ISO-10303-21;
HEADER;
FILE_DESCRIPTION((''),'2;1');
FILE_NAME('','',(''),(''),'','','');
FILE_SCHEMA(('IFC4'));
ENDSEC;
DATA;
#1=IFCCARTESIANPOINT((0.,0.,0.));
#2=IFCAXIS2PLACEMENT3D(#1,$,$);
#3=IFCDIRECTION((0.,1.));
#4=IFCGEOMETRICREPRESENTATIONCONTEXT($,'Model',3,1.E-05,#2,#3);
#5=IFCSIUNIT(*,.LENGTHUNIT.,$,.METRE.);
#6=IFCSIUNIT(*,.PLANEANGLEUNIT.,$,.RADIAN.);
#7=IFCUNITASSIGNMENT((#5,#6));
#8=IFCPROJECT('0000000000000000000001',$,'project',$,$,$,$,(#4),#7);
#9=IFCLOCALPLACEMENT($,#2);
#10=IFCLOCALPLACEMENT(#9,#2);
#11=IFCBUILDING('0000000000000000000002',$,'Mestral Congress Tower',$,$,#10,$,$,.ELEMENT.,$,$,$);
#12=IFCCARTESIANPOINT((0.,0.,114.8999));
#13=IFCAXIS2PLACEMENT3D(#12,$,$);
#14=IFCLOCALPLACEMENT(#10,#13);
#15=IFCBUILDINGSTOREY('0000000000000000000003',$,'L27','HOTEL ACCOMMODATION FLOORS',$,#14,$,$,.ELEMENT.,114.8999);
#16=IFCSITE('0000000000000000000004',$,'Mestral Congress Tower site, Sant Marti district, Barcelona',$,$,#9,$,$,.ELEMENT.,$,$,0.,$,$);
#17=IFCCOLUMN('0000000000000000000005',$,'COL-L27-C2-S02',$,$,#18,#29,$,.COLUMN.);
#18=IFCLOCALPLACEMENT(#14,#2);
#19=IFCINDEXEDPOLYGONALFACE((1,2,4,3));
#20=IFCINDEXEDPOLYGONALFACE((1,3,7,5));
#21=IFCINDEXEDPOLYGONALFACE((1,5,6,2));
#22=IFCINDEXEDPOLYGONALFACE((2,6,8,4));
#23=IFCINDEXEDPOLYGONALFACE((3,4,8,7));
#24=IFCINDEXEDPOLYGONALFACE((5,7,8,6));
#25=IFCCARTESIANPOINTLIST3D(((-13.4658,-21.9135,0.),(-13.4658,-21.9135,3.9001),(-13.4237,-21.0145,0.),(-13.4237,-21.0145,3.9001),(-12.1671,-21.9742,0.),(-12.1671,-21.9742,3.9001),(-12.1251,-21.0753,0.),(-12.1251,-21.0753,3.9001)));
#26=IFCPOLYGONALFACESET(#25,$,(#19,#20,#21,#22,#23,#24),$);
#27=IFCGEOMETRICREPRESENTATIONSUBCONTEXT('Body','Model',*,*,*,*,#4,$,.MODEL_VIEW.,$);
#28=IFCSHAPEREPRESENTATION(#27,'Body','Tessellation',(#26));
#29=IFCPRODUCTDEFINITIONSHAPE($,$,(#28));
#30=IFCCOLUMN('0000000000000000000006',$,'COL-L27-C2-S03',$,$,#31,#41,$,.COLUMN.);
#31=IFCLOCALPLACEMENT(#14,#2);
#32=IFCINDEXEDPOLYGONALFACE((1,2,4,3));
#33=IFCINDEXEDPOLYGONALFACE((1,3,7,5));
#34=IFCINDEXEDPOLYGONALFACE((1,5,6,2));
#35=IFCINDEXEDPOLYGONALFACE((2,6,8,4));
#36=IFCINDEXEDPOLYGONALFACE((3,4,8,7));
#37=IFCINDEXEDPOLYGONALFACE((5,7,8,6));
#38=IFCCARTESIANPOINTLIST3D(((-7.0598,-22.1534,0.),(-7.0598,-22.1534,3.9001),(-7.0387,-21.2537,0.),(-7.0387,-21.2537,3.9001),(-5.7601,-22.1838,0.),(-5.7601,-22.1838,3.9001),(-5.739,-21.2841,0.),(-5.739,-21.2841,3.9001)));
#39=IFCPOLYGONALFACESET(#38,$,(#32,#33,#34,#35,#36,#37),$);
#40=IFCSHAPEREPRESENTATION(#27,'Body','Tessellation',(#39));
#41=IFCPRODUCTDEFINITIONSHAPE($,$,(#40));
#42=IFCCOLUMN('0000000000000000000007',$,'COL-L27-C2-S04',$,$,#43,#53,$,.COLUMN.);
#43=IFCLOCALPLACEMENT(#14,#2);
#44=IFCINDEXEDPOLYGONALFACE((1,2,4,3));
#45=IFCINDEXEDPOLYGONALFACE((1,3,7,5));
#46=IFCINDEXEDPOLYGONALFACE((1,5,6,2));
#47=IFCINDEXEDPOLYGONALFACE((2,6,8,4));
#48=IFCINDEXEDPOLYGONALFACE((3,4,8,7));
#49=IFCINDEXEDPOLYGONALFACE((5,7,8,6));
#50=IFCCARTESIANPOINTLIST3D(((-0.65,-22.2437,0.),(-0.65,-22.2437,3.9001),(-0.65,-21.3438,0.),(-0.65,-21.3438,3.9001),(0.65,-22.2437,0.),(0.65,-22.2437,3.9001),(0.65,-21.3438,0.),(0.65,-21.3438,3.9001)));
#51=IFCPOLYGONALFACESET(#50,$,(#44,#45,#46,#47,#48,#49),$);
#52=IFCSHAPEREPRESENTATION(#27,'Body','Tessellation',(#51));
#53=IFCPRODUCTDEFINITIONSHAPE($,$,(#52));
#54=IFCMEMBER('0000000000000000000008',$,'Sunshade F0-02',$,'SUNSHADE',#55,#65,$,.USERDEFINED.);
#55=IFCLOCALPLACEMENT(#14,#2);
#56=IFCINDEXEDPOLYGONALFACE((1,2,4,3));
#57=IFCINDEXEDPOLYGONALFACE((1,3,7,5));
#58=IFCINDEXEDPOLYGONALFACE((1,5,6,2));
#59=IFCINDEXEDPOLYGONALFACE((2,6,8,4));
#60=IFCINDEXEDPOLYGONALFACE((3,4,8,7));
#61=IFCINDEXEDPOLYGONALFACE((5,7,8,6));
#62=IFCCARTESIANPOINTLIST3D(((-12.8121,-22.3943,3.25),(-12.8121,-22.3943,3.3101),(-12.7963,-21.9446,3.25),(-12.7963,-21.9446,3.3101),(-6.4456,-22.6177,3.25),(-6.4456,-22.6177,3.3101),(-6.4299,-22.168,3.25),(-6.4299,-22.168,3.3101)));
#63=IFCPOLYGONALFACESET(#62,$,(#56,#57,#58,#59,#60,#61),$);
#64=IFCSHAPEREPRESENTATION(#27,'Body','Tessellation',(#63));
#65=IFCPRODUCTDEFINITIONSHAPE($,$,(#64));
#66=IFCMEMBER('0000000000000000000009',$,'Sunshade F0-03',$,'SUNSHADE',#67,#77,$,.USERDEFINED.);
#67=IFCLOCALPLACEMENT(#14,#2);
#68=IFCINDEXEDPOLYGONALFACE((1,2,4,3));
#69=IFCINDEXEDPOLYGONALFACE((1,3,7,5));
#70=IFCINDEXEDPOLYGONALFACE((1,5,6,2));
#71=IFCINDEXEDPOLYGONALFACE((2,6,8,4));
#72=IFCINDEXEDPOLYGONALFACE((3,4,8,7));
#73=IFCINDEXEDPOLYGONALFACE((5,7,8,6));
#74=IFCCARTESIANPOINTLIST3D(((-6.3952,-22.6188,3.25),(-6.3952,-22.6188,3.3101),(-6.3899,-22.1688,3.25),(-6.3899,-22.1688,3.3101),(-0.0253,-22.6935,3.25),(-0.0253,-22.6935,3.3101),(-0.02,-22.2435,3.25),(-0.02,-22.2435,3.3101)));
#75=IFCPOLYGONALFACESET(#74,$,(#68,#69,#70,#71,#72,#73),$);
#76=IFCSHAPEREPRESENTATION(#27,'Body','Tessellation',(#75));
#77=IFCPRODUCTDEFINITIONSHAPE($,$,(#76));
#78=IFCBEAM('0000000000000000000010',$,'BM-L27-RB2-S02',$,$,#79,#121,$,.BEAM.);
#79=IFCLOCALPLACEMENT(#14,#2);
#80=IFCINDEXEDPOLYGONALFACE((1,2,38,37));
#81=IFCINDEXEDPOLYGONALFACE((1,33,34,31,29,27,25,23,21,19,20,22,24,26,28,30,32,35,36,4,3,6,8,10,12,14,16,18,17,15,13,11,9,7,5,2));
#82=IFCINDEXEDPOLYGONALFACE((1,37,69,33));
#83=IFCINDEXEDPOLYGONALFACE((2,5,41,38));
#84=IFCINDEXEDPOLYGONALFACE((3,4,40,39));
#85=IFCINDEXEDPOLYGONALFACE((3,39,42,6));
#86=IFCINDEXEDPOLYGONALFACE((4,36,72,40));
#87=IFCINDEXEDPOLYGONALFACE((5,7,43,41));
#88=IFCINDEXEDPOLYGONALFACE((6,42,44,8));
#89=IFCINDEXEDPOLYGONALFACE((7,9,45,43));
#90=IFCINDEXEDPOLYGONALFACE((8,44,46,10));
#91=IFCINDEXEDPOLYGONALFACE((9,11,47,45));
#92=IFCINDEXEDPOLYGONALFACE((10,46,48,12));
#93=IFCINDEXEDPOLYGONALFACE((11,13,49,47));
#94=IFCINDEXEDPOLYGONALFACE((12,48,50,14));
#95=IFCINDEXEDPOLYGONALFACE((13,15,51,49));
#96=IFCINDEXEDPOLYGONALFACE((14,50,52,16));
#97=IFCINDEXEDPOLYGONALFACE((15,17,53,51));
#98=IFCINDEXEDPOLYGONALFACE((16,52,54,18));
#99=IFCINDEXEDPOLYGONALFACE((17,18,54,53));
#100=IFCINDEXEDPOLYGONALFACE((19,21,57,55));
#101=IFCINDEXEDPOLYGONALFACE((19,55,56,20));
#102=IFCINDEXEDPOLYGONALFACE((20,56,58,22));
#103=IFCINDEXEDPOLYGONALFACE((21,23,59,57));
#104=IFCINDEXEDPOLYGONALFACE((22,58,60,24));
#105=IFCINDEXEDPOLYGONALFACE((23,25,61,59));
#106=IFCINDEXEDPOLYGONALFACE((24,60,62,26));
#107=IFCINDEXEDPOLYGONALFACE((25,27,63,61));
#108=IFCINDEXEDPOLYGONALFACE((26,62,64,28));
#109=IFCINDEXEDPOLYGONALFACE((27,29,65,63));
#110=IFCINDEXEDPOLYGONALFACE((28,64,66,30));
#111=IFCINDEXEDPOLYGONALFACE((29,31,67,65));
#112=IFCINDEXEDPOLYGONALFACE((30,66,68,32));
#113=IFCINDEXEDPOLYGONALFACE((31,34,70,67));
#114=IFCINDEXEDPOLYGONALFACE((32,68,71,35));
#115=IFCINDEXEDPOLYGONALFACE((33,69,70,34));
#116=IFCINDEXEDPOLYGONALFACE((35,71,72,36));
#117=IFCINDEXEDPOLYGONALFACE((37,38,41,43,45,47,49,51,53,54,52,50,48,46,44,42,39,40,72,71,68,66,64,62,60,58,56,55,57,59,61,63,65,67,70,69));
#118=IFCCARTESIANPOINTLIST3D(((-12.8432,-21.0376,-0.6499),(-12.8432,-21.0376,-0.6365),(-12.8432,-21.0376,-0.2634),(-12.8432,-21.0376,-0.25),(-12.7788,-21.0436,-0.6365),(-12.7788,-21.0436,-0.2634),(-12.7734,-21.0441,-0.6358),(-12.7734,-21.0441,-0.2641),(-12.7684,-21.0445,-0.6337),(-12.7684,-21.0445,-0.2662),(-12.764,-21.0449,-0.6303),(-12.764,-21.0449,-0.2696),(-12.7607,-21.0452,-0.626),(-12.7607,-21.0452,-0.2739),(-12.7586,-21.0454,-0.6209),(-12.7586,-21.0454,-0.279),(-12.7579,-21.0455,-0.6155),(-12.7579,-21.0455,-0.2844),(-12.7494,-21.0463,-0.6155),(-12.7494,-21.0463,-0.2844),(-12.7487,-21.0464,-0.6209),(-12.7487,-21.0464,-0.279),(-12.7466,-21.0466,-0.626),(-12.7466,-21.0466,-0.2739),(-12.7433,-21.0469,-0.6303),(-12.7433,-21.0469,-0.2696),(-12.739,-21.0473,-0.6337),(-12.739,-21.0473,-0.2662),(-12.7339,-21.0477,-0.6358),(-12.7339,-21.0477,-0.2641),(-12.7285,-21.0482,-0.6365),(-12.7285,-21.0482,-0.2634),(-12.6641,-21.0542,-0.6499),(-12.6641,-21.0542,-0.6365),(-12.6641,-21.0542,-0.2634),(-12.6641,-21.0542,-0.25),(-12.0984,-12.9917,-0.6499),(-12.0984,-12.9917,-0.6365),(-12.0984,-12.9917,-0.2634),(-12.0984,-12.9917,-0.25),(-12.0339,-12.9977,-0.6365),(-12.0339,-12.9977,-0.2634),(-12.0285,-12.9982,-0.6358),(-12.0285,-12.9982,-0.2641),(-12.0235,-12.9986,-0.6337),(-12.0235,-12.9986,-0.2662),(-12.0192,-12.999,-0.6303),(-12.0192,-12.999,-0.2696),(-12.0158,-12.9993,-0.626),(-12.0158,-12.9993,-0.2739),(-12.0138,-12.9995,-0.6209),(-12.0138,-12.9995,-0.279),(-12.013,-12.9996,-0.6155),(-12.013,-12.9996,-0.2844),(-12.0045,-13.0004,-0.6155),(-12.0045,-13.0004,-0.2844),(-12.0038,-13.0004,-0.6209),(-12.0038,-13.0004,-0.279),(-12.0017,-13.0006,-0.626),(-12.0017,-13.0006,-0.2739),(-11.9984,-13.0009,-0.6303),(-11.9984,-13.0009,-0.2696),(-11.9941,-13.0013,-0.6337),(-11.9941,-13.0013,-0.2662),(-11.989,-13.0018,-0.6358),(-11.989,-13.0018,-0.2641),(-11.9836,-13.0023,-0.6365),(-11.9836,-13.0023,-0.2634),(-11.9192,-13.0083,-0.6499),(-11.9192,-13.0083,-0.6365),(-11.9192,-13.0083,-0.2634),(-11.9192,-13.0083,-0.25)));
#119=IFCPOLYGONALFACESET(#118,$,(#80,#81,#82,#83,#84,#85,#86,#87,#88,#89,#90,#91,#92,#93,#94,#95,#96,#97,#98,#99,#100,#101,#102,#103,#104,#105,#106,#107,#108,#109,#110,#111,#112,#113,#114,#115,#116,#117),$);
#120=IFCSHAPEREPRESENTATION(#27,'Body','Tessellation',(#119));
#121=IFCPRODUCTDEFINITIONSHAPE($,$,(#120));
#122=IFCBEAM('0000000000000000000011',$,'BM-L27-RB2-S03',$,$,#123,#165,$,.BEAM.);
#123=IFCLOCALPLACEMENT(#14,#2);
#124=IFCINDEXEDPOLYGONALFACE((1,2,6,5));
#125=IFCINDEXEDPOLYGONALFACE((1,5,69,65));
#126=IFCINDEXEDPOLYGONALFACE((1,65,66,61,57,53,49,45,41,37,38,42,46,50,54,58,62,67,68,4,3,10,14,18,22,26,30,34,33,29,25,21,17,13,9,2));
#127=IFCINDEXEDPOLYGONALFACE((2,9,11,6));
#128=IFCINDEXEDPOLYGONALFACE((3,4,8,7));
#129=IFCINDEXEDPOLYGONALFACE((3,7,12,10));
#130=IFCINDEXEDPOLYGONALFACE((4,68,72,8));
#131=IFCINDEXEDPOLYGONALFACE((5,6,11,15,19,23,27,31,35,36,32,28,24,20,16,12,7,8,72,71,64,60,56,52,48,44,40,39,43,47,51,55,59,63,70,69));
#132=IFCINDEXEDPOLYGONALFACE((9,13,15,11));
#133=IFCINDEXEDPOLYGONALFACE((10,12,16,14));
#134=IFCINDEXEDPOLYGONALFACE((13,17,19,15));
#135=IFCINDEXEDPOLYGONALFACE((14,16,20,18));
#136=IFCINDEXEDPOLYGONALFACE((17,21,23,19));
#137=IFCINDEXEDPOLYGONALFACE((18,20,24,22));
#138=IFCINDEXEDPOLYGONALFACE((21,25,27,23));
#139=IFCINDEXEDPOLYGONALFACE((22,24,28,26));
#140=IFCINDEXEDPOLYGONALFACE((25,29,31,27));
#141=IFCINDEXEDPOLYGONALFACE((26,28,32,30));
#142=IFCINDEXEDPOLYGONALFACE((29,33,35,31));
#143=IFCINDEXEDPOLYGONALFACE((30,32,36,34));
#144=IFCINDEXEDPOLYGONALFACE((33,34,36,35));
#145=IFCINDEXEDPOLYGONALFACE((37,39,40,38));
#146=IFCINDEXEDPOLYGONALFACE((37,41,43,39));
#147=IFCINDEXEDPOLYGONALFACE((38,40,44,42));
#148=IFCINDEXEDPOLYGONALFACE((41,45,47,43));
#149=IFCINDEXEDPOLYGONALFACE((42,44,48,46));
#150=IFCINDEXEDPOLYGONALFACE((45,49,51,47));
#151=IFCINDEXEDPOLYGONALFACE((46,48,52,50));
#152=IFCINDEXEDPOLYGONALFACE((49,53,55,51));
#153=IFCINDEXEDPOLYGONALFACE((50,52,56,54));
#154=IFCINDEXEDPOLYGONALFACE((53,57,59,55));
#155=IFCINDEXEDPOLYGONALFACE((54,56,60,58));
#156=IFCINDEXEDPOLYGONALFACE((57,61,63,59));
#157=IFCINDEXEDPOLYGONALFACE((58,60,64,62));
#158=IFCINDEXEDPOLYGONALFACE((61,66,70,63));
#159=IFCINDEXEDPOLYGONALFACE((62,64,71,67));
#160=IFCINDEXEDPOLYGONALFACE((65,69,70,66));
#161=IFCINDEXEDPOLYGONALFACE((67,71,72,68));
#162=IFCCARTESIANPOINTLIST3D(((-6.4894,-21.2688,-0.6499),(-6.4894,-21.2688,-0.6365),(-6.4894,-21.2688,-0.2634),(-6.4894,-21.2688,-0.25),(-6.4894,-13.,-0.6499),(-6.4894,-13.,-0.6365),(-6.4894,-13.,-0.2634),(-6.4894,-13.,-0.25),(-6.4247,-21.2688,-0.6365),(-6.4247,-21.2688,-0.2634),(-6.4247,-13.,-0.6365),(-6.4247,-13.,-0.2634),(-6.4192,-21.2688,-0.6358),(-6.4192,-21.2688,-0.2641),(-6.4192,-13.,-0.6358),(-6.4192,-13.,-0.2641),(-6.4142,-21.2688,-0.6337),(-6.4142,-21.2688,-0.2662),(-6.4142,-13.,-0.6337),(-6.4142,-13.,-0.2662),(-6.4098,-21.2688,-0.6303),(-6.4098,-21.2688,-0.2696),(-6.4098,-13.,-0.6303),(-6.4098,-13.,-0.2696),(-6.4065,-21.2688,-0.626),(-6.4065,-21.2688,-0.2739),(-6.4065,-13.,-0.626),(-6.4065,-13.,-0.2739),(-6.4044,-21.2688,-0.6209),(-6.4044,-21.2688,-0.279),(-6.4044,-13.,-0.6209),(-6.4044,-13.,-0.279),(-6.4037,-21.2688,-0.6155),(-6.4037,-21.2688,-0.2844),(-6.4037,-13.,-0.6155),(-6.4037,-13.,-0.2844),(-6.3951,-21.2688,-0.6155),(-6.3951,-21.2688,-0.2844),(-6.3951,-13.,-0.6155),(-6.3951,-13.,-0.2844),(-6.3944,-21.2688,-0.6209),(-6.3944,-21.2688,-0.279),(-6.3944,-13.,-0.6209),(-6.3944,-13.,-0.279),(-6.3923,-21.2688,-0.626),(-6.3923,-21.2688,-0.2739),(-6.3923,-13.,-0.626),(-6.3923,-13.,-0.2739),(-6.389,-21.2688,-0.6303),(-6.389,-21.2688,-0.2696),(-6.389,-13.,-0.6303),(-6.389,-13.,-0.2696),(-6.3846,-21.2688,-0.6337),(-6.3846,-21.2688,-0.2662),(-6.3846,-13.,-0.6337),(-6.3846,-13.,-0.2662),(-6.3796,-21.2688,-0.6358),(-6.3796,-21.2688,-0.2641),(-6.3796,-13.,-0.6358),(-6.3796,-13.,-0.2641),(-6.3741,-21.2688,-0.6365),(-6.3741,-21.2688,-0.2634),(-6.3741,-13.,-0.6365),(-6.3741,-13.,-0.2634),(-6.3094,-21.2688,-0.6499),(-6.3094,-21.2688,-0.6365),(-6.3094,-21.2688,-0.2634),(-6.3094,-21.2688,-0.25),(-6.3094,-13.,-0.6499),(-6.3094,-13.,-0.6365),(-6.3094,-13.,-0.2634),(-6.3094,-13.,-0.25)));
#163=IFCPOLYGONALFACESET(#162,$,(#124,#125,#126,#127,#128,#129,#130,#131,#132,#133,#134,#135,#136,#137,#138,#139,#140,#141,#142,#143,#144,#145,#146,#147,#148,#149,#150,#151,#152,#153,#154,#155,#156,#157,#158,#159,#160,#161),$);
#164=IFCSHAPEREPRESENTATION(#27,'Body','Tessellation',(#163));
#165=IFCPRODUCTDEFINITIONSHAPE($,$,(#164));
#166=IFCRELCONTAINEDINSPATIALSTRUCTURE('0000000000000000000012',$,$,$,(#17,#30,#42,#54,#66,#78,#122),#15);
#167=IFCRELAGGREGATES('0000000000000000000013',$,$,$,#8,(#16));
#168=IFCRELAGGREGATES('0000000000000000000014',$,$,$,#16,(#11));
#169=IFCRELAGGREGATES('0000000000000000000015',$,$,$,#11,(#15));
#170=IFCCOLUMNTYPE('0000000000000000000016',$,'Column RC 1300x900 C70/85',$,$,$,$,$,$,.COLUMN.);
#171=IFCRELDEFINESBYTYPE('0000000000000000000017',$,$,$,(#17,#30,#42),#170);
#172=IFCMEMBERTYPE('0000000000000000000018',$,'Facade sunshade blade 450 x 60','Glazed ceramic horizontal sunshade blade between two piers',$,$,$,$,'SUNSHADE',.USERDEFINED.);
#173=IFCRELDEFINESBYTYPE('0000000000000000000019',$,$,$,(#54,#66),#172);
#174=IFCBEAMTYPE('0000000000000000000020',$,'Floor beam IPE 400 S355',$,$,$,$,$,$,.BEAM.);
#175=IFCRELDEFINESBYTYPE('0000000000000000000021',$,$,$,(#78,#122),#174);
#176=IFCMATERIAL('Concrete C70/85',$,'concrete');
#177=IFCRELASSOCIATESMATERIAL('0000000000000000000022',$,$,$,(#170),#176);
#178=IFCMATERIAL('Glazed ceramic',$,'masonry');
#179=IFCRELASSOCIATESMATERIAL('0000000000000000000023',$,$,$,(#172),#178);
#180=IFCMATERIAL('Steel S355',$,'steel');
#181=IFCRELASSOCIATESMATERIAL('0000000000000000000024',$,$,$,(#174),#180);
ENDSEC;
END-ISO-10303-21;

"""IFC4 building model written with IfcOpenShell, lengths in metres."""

from ifc_helpers import new_model, si_unit, direction, frame, origin, origin_2d, place, context, subcontext, project, spatial, rectangle, i_section, extrude, material, material_profile, profile_set, type_object, element, save


model = new_model("IFC4")

# Units and contexts
model_context = context("Model", 3, precision=1e-05, world=origin(), true_north=direction((0.0, 1.0)))
body_context = subcontext(model_context, "Body", "Model", "MODEL_VIEW")
ifc_project = project(units=[si_unit("LENGTHUNIT", "METRE"), si_unit("PLANEANGLEUNIT", "RADIAN")], contexts=[model_context])

# Site, building, storey
site_placement = place(None, origin())
site = spatial("IfcSite", under=ifc_project, at=site_placement, Name="Mestral Congress Tower site, Sant Marti district, Barcelona", CompositionType="ELEMENT", RefElevation=0.0)
building_placement = place(site_placement, origin())
building = spatial("IfcBuilding", under=site, at=building_placement, Name="Mestral Congress Tower", CompositionType="ELEMENT")
storey_placement = place(building_placement, frame((0.0, 0.0, 114.8999)))
storey = spatial("IfcBuildingStorey", under=building, at=storey_placement, Name="L27", Description="HOTEL ACCOMMODATION FLOORS", CompositionType="ELEMENT", Elevation=114.8999)

# Columns
ifc_material_1 = material(Name="Concrete C70/85", Category="concrete")
ifc_material_profile_1 = material_profile(ifc_material_1, rectangle(XDim=1.3, YDim=0.8999, at=origin_2d()), Name="RC 1300x900")
ifc_profile_set_1 = profile_set([ifc_material_profile_1], Name="Concrete C70/85")
column_type = type_object("IfcColumnType", Name="Column RC 1300x900 C70/85", PredefinedType="COLUMN", material=ifc_profile_set_1)
for number, where, z_axis, x_axis, name in (
    (1, (-12.7954, -21.4944, 0.0), (0.0, 0.0, 1.0), (0.998906, -0.046756, 0.0), "COL-L27-C2-S02"),
    (2, (-6.3994, -21.7188, 0.0), (0.0, 0.0, 1.0), (0.999727, -0.023384, 0.0), "COL-L27-C2-S03"),
    (3, (0.0, -21.7937, 0.0), (0.0, 0.0, 1.0), (1.0, 0.0, 0.0), "COL-L27-C2-S04"),
):
    element("IfcColumn", number, at=place(storey_placement, frame(where, z_axis=z_axis, x_axis=x_axis)), inside=storey, type_object=column_type, Name=name, PredefinedType="COLUMN", context=body_context, shape_type="SweptSolid", body=[
        extrude(rectangle(XDim=1.3, YDim=0.8999, at=origin_2d()), origin(), (0.0, 0.0, 1.0), 3.9001),
    ])

# Members
ifc_material_2 = material(Name="Glazed ceramic", Category="masonry")
ifc_material_profile_2 = material_profile(ifc_material_2, rectangle(XDim=0.45, YDim=0.0601, at=origin_2d()), Name="Ceramic blade 450 x 60")
ifc_profile_set_2 = profile_set([ifc_material_profile_2], Name="Glazed ceramic")
member_type = type_object("IfcMemberType", Name="Facade sunshade blade 450 x 60", Description="Glazed ceramic horizontal sunshade blade between two piers", ElementType="SUNSHADE", PredefinedType="USERDEFINED", material=ifc_profile_set_2)
for number, where, z_axis, x_axis, name in (
    (4, (-12.8042, -22.1694, 3.28), (0.999385, -0.035067, 0.0), (0.035067, 0.999385, 0.0), "Sunshade F0-02"),
    (5, (-6.3926, -22.3938, 3.28), (0.999931, -0.011727, 0.0), (0.011727, 0.999931, 0.0), "Sunshade F0-03"),
):
    element("IfcMember", number, at=place(storey_placement, frame(where, z_axis=z_axis, x_axis=x_axis)), inside=storey, type_object=member_type, Name=name, ObjectType="SUNSHADE", PredefinedType="USERDEFINED", context=body_context, shape_type="SweptSolid", body=[
        extrude(rectangle(XDim=0.45, YDim=0.0601, at=origin_2d()), origin(), (0.0, 0.0, 1.0), 6.3704),
    ])

# Beams
ifc_material_3 = material(Name="Steel S355", Category="steel")
ifc_material_profile_3 = material_profile(ifc_material_3, i_section(OverallWidth=0.1799, OverallDepth=0.3999, WebThickness=0.0085, FlangeThickness=0.0134, FilletRadius=0.021, at=origin_2d()), Name="IPE 400")
ifc_profile_set_3 = profile_set([ifc_material_profile_3], Name="Steel S355")
beam_type_1 = type_object("IfcBeamType", Name="Floor beam IPE 400 S355", PredefinedType="BEAM", material=ifc_profile_set_3)
beam_1_placement = place(storey_placement, frame((-12.7537, -21.0459, -0.45), z_axis=(0.092184, 0.995742, 0.0), x_axis=(-0.995742, 0.092184, 0.0)))
element("IfcBeam", 6, at=beam_1_placement, inside=storey, type_object=beam_type_1, Name="BM-L27-RB2-S02", PredefinedType="BEAM", context=body_context, shape_type="SweptSolid", body=[
    extrude(i_section(OverallWidth=0.1799, OverallDepth=0.3999, WebThickness=0.0085, FlangeThickness=0.0134, FilletRadius=0.021, at=origin_2d()), origin(), (0.0, 0.0, 1.0), 8.0803),
])
beam_2_placement = place(storey_placement, frame((-6.3994, -21.2688, -0.45), z_axis=(0.0, 1.0, 0.0), x_axis=(-1.0, 0.0, 0.0)))
element("IfcBeam", 7, at=beam_2_placement, inside=storey, type_object=beam_type_1, Name="BM-L27-RB2-S03", PredefinedType="BEAM", context=body_context, shape_type="SweptSolid", body=[
    extrude(i_section(OverallWidth=0.1799, OverallDepth=0.3999, WebThickness=0.0085, FlangeThickness=0.0134, FilletRadius=0.021, at=origin_2d()), origin(), (0.0, 0.0, 1.0), 8.2688),
])

save(model, "model.ifc")
